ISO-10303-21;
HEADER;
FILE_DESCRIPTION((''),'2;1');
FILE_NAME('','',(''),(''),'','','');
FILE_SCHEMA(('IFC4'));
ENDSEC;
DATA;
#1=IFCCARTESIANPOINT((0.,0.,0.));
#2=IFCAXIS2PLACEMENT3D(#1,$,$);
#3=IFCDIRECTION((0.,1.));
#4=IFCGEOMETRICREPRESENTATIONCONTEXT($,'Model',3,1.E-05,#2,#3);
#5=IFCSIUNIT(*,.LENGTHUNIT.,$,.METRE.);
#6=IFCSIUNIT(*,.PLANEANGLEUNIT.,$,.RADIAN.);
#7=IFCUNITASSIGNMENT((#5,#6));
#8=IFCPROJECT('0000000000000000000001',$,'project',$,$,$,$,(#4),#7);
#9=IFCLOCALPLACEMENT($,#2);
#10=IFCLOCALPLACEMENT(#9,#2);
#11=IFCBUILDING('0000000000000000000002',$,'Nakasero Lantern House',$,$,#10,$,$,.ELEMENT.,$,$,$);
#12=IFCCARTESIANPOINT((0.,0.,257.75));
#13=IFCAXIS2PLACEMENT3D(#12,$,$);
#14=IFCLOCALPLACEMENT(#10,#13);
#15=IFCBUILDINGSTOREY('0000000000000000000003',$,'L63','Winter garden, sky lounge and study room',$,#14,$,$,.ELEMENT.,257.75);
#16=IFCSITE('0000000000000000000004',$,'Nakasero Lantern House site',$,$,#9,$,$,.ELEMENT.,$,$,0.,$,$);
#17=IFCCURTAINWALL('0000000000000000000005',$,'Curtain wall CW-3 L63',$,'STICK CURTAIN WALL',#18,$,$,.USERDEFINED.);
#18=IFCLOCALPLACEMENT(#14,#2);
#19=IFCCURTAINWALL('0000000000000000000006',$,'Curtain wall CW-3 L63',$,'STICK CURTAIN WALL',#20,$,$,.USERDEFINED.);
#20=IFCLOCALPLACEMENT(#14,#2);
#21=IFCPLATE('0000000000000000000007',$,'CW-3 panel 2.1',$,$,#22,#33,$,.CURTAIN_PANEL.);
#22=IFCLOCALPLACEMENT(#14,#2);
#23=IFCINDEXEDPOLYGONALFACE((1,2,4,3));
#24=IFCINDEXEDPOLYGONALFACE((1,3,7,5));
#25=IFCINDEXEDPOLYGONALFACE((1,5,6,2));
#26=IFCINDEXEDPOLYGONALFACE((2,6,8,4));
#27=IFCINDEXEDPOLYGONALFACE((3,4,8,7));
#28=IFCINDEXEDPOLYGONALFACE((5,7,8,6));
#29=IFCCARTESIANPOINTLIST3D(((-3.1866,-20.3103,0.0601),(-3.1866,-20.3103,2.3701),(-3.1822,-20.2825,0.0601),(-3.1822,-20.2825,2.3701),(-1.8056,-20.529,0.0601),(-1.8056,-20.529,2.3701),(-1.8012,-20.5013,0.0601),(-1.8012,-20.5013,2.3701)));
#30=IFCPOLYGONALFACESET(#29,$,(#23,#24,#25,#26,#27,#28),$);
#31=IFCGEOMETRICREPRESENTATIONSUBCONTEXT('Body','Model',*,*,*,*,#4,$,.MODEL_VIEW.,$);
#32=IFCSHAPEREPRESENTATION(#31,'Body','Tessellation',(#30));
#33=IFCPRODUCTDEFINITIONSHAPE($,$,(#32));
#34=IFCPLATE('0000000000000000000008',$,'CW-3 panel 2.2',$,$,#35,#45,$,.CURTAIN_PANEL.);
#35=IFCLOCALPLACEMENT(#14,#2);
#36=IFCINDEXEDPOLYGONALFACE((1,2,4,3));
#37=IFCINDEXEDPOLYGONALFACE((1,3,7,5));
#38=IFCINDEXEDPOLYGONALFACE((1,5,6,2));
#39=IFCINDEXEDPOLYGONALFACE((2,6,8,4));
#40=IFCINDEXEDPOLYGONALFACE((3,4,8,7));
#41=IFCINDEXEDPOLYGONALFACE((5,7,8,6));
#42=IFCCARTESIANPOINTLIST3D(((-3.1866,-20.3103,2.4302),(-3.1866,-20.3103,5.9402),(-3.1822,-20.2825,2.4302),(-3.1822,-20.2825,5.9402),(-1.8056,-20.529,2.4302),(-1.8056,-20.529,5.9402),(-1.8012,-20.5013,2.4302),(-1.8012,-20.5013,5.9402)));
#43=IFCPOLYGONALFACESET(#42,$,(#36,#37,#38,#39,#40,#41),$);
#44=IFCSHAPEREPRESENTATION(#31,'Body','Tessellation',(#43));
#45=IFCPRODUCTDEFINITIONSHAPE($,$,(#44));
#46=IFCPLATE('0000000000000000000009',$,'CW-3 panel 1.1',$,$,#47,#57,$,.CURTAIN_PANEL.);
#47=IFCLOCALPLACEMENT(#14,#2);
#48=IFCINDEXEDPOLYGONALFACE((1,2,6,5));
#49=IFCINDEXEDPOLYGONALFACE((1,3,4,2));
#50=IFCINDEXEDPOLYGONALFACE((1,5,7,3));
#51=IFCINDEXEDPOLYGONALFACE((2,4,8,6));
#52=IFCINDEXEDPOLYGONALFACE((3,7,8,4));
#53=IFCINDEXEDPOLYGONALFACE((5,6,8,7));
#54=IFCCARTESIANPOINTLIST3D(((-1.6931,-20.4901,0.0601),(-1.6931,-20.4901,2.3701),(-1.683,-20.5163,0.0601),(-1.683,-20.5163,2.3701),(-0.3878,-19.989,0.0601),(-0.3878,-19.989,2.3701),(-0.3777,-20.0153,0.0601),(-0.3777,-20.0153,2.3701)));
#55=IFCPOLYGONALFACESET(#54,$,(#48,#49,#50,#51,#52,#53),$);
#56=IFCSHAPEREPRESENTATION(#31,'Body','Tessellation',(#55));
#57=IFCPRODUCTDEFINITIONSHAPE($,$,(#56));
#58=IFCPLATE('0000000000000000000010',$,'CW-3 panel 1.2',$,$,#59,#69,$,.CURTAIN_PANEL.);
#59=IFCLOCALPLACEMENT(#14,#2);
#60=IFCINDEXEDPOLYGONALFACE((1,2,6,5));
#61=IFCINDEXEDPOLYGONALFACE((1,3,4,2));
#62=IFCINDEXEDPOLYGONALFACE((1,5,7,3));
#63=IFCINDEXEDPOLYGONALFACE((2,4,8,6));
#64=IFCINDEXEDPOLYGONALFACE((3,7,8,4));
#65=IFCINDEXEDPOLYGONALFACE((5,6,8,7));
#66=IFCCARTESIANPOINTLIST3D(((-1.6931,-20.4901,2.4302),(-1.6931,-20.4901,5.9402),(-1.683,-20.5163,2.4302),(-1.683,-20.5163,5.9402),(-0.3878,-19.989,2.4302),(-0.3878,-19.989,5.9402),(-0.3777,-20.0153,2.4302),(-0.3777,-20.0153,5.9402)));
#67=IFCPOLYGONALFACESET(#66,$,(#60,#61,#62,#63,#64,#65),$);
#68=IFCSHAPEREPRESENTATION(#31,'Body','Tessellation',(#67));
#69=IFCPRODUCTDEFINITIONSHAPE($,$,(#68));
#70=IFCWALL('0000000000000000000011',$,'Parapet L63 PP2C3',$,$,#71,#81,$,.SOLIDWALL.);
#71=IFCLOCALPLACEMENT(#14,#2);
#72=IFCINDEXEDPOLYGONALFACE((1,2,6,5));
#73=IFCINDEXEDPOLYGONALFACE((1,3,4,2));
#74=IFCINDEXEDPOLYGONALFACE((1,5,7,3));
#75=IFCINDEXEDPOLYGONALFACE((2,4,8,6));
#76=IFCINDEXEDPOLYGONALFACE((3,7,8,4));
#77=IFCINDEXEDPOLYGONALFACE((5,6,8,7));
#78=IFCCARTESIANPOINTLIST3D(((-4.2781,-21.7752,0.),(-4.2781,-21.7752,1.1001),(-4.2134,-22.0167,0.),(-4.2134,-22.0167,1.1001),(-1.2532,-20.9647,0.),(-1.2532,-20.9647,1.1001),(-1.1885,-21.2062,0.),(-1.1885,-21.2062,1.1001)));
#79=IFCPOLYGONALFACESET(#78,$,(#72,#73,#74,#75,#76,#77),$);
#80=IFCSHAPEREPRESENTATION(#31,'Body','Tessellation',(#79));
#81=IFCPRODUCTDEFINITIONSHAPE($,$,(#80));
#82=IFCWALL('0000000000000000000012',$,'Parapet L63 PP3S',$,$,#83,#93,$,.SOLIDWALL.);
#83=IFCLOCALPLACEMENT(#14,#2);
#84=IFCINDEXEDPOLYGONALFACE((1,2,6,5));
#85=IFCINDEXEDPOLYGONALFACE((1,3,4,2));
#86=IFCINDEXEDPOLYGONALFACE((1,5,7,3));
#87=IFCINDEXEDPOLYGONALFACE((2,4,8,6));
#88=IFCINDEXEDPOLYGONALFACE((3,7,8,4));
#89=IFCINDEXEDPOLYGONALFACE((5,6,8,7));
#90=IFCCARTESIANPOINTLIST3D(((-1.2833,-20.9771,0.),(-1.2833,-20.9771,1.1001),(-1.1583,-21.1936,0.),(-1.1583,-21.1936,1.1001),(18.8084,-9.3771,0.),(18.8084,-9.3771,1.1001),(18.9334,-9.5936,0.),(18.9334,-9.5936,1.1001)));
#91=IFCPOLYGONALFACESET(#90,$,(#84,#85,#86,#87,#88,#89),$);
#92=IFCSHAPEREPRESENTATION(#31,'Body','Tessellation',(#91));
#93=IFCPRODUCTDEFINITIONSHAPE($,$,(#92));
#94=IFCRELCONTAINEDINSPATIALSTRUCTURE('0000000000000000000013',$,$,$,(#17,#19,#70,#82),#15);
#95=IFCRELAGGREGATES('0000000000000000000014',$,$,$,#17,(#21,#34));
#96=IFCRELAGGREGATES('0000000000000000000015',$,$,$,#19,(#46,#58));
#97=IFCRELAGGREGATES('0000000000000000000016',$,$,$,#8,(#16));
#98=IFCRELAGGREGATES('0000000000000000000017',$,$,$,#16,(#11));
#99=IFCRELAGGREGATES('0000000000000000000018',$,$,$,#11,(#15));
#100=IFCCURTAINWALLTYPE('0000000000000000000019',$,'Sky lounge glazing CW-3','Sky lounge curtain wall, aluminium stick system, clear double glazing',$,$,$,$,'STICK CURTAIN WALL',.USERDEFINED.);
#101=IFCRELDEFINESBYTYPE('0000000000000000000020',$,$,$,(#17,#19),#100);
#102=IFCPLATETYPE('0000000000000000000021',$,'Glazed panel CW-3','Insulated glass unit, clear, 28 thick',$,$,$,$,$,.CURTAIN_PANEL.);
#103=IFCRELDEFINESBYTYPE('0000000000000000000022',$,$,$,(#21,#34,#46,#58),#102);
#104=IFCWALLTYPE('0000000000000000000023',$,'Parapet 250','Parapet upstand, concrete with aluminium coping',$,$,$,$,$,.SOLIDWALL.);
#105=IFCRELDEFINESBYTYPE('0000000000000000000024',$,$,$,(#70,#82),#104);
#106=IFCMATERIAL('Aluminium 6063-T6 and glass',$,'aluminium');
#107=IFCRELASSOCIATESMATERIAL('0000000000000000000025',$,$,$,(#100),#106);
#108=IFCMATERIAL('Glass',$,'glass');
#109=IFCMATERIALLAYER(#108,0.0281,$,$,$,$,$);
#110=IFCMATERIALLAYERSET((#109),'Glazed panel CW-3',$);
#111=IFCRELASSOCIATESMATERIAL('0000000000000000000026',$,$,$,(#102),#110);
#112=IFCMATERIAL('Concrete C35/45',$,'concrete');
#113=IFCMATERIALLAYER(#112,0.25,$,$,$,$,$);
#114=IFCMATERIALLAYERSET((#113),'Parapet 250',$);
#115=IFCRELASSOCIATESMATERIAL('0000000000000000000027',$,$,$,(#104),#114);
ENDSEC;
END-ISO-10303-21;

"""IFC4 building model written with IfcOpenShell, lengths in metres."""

from ifc_helpers import new_model, si_unit, direction, frame, frame_2d, origin, origin_2d, place, context, subcontext, project, spatial, rectangle, extrude, material, layer, layer_set, type_object, element, aggregate, save


model = new_model("IFC4")

# Units and contexts
model_context = context("Model", 3, precision=1e-05, world=origin(), true_north=direction((0.0, 1.0)))
body_context = subcontext(model_context, "Body", "Model", "MODEL_VIEW")
ifc_project = project(units=[si_unit("LENGTHUNIT", "METRE"), si_unit("PLANEANGLEUNIT", "RADIAN")], contexts=[model_context])

# Site, building, storey
site_placement = place(None, origin())
site = spatial("IfcSite", under=ifc_project, at=site_placement, Name="Nakasero Lantern House site", CompositionType="ELEMENT", RefElevation=0.0)
building_placement = place(site_placement, origin())
building = spatial("IfcBuilding", under=site, at=building_placement, Name="Nakasero Lantern House", CompositionType="ELEMENT")
storey_placement = place(building_placement, frame((0.0, 0.0, 257.75)))
storey = spatial("IfcBuildingStorey", under=building, at=storey_placement, Name="L63", Description="Winter garden, sky lounge and study room", CompositionType="ELEMENT", Elevation=257.75)

# Curtain wall
ifc_material_1 = material(Name="Aluminium 6063-T6 and glass", Category="aluminium")
curtain_wall_type = type_object("IfcCurtainWallType", Name="Sky lounge glazing CW-3", Description="Sky lounge curtain wall, aluminium stick system, clear double glazing", ElementType="STICK CURTAIN WALL", PredefinedType="USERDEFINED", material=ifc_material_1)
curtain_wall_1_placement = place(storey_placement, origin())
curtain_wall_1 = element("IfcCurtainWall", 1, at=curtain_wall_1_placement, inside=storey, type_object=curtain_wall_type, Name="Curtain wall CW-3 L63", ObjectType="STICK CURTAIN WALL", PredefinedType="USERDEFINED")

# Curtain wall
curtain_wall_2_placement = place(storey_placement, origin())
curtain_wall_2 = element("IfcCurtainWall", 2, at=curtain_wall_2_placement, inside=storey, type_object=curtain_wall_type, Name="Curtain wall CW-3 L63", ObjectType="STICK CURTAIN WALL", PredefinedType="USERDEFINED")

# Plates
ifc_material_2 = material(Name="Glass", Category="glass")
ifc_layer_1 = layer(ifc_material_2, 0.0281)
ifc_layer_set_1 = layer_set([ifc_layer_1], Name="Glazed panel CW-3")
plate_type = type_object("IfcPlateType", Name="Glazed panel CW-3", Description="Insulated glass unit, clear, 28 thick", PredefinedType="CURTAIN_PANEL", material=ifc_layer_set_1)
plate_1_placement = place(storey_placement, frame((-2.4939, -20.4058, 0.0601), z_axis=(0.0, 0.0, 1.0), x_axis=(0.987688, -0.156434, 0.0)))
plate_1 = element("IfcPlate", 3, at=plate_1_placement, type_object=plate_type, Name="CW-3 panel 2.1", PredefinedType="CURTAIN_PANEL", context=body_context, shape_type="SweptSolid", body=[
    extrude(rectangle(XDim=1.3982, YDim=0.0281, at=origin_2d()), origin(), (0.0, 0.0, 1.0), 2.3101),
])
plate_2_placement = place(storey_placement, frame((-2.4939, -20.4058, 2.4302), z_axis=(0.0, 0.0, 1.0), x_axis=(0.987688, -0.156434, 0.0)))
plate_2 = element("IfcPlate", 4, at=plate_2_placement, type_object=plate_type, Name="CW-3 panel 2.2", PredefinedType="CURTAIN_PANEL", context=body_context, shape_type="SweptSolid", body=[
    extrude(rectangle(XDim=1.3982, YDim=0.0281, at=origin_2d()), origin(), (0.0, 0.0, 1.0), 3.51),
])
aggregate(curtain_wall_1, [plate_1, plate_2])
plate_3_placement = place(storey_placement, frame((-1.0354, -20.2527, 0.0601), z_axis=(0.0, 0.0, 1.0), x_axis=(0.93358, 0.358368, 0.0)))
plate_3 = element("IfcPlate", 5, at=plate_3_placement, type_object=plate_type, Name="CW-3 panel 1.1", PredefinedType="CURTAIN_PANEL", context=body_context, shape_type="SweptSolid", body=[
    extrude(rectangle(XDim=1.3982, YDim=0.0281, at=origin_2d()), origin(), (0.0, 0.0, 1.0), 2.3101),
])
plate_4_placement = place(storey_placement, frame((-1.0354, -20.2527, 2.4302), z_axis=(0.0, 0.0, 1.0), x_axis=(0.93358, 0.358368, 0.0)))
plate_4 = element("IfcPlate", 6, at=plate_4_placement, type_object=plate_type, Name="CW-3 panel 1.2", PredefinedType="CURTAIN_PANEL", context=body_context, shape_type="SweptSolid", body=[
    extrude(rectangle(XDim=1.3982, YDim=0.0281, at=origin_2d()), origin(), (0.0, 0.0, 1.0), 3.51),
])
aggregate(curtain_wall_2, [plate_3, plate_4])

# Walls
ifc_material_3 = material(Name="Concrete C35/45", Category="concrete")
ifc_layer_2 = layer(ifc_material_3, 0.25)
ifc_layer_set_2 = layer_set([ifc_layer_2], Name="Parapet 250")
wall_type = type_object("IfcWallType", Name="Parapet 250", Description="Parapet upstand, concrete with aluminium coping", PredefinedType="SOLIDWALL", material=ifc_layer_set_2)
wall_1_placement = place(storey_placement, frame((-4.2458, -21.896, 0.0), z_axis=(0.0, 0.0, 1.0), x_axis=(0.965924, 0.258827, 0.0)))
element("IfcWall", 7, at=wall_1_placement, inside=storey, type_object=wall_type, Name="Parapet L63 PP2C3", PredefinedType="SOLIDWALL", context=body_context, shape_type="SweptSolid", body=[
    extrude(rectangle(XDim=3.1316, YDim=0.25, at=frame_2d((1.5659, 0.0))), origin(), (0.0, 0.0, 1.0), 1.1001),
])
wall_2_placement = place(storey_placement, frame((-1.2209, -21.0854, 0.0), z_axis=(0.0, 0.0, 1.0), x_axis=(0.866024, 0.500003, 0.0)))
element("IfcWall", 8, at=wall_2_placement, inside=storey, type_object=wall_type, Name="Parapet L63 PP3S", PredefinedType="SOLIDWALL", context=body_context, shape_type="SweptSolid", body=[
    extrude(rectangle(XDim=23.2, YDim=0.25, at=frame_2d((11.6001, 0.0))), origin(), (0.0, 0.0, 1.0), 1.1001),
])

save(model, "model.ifc")
